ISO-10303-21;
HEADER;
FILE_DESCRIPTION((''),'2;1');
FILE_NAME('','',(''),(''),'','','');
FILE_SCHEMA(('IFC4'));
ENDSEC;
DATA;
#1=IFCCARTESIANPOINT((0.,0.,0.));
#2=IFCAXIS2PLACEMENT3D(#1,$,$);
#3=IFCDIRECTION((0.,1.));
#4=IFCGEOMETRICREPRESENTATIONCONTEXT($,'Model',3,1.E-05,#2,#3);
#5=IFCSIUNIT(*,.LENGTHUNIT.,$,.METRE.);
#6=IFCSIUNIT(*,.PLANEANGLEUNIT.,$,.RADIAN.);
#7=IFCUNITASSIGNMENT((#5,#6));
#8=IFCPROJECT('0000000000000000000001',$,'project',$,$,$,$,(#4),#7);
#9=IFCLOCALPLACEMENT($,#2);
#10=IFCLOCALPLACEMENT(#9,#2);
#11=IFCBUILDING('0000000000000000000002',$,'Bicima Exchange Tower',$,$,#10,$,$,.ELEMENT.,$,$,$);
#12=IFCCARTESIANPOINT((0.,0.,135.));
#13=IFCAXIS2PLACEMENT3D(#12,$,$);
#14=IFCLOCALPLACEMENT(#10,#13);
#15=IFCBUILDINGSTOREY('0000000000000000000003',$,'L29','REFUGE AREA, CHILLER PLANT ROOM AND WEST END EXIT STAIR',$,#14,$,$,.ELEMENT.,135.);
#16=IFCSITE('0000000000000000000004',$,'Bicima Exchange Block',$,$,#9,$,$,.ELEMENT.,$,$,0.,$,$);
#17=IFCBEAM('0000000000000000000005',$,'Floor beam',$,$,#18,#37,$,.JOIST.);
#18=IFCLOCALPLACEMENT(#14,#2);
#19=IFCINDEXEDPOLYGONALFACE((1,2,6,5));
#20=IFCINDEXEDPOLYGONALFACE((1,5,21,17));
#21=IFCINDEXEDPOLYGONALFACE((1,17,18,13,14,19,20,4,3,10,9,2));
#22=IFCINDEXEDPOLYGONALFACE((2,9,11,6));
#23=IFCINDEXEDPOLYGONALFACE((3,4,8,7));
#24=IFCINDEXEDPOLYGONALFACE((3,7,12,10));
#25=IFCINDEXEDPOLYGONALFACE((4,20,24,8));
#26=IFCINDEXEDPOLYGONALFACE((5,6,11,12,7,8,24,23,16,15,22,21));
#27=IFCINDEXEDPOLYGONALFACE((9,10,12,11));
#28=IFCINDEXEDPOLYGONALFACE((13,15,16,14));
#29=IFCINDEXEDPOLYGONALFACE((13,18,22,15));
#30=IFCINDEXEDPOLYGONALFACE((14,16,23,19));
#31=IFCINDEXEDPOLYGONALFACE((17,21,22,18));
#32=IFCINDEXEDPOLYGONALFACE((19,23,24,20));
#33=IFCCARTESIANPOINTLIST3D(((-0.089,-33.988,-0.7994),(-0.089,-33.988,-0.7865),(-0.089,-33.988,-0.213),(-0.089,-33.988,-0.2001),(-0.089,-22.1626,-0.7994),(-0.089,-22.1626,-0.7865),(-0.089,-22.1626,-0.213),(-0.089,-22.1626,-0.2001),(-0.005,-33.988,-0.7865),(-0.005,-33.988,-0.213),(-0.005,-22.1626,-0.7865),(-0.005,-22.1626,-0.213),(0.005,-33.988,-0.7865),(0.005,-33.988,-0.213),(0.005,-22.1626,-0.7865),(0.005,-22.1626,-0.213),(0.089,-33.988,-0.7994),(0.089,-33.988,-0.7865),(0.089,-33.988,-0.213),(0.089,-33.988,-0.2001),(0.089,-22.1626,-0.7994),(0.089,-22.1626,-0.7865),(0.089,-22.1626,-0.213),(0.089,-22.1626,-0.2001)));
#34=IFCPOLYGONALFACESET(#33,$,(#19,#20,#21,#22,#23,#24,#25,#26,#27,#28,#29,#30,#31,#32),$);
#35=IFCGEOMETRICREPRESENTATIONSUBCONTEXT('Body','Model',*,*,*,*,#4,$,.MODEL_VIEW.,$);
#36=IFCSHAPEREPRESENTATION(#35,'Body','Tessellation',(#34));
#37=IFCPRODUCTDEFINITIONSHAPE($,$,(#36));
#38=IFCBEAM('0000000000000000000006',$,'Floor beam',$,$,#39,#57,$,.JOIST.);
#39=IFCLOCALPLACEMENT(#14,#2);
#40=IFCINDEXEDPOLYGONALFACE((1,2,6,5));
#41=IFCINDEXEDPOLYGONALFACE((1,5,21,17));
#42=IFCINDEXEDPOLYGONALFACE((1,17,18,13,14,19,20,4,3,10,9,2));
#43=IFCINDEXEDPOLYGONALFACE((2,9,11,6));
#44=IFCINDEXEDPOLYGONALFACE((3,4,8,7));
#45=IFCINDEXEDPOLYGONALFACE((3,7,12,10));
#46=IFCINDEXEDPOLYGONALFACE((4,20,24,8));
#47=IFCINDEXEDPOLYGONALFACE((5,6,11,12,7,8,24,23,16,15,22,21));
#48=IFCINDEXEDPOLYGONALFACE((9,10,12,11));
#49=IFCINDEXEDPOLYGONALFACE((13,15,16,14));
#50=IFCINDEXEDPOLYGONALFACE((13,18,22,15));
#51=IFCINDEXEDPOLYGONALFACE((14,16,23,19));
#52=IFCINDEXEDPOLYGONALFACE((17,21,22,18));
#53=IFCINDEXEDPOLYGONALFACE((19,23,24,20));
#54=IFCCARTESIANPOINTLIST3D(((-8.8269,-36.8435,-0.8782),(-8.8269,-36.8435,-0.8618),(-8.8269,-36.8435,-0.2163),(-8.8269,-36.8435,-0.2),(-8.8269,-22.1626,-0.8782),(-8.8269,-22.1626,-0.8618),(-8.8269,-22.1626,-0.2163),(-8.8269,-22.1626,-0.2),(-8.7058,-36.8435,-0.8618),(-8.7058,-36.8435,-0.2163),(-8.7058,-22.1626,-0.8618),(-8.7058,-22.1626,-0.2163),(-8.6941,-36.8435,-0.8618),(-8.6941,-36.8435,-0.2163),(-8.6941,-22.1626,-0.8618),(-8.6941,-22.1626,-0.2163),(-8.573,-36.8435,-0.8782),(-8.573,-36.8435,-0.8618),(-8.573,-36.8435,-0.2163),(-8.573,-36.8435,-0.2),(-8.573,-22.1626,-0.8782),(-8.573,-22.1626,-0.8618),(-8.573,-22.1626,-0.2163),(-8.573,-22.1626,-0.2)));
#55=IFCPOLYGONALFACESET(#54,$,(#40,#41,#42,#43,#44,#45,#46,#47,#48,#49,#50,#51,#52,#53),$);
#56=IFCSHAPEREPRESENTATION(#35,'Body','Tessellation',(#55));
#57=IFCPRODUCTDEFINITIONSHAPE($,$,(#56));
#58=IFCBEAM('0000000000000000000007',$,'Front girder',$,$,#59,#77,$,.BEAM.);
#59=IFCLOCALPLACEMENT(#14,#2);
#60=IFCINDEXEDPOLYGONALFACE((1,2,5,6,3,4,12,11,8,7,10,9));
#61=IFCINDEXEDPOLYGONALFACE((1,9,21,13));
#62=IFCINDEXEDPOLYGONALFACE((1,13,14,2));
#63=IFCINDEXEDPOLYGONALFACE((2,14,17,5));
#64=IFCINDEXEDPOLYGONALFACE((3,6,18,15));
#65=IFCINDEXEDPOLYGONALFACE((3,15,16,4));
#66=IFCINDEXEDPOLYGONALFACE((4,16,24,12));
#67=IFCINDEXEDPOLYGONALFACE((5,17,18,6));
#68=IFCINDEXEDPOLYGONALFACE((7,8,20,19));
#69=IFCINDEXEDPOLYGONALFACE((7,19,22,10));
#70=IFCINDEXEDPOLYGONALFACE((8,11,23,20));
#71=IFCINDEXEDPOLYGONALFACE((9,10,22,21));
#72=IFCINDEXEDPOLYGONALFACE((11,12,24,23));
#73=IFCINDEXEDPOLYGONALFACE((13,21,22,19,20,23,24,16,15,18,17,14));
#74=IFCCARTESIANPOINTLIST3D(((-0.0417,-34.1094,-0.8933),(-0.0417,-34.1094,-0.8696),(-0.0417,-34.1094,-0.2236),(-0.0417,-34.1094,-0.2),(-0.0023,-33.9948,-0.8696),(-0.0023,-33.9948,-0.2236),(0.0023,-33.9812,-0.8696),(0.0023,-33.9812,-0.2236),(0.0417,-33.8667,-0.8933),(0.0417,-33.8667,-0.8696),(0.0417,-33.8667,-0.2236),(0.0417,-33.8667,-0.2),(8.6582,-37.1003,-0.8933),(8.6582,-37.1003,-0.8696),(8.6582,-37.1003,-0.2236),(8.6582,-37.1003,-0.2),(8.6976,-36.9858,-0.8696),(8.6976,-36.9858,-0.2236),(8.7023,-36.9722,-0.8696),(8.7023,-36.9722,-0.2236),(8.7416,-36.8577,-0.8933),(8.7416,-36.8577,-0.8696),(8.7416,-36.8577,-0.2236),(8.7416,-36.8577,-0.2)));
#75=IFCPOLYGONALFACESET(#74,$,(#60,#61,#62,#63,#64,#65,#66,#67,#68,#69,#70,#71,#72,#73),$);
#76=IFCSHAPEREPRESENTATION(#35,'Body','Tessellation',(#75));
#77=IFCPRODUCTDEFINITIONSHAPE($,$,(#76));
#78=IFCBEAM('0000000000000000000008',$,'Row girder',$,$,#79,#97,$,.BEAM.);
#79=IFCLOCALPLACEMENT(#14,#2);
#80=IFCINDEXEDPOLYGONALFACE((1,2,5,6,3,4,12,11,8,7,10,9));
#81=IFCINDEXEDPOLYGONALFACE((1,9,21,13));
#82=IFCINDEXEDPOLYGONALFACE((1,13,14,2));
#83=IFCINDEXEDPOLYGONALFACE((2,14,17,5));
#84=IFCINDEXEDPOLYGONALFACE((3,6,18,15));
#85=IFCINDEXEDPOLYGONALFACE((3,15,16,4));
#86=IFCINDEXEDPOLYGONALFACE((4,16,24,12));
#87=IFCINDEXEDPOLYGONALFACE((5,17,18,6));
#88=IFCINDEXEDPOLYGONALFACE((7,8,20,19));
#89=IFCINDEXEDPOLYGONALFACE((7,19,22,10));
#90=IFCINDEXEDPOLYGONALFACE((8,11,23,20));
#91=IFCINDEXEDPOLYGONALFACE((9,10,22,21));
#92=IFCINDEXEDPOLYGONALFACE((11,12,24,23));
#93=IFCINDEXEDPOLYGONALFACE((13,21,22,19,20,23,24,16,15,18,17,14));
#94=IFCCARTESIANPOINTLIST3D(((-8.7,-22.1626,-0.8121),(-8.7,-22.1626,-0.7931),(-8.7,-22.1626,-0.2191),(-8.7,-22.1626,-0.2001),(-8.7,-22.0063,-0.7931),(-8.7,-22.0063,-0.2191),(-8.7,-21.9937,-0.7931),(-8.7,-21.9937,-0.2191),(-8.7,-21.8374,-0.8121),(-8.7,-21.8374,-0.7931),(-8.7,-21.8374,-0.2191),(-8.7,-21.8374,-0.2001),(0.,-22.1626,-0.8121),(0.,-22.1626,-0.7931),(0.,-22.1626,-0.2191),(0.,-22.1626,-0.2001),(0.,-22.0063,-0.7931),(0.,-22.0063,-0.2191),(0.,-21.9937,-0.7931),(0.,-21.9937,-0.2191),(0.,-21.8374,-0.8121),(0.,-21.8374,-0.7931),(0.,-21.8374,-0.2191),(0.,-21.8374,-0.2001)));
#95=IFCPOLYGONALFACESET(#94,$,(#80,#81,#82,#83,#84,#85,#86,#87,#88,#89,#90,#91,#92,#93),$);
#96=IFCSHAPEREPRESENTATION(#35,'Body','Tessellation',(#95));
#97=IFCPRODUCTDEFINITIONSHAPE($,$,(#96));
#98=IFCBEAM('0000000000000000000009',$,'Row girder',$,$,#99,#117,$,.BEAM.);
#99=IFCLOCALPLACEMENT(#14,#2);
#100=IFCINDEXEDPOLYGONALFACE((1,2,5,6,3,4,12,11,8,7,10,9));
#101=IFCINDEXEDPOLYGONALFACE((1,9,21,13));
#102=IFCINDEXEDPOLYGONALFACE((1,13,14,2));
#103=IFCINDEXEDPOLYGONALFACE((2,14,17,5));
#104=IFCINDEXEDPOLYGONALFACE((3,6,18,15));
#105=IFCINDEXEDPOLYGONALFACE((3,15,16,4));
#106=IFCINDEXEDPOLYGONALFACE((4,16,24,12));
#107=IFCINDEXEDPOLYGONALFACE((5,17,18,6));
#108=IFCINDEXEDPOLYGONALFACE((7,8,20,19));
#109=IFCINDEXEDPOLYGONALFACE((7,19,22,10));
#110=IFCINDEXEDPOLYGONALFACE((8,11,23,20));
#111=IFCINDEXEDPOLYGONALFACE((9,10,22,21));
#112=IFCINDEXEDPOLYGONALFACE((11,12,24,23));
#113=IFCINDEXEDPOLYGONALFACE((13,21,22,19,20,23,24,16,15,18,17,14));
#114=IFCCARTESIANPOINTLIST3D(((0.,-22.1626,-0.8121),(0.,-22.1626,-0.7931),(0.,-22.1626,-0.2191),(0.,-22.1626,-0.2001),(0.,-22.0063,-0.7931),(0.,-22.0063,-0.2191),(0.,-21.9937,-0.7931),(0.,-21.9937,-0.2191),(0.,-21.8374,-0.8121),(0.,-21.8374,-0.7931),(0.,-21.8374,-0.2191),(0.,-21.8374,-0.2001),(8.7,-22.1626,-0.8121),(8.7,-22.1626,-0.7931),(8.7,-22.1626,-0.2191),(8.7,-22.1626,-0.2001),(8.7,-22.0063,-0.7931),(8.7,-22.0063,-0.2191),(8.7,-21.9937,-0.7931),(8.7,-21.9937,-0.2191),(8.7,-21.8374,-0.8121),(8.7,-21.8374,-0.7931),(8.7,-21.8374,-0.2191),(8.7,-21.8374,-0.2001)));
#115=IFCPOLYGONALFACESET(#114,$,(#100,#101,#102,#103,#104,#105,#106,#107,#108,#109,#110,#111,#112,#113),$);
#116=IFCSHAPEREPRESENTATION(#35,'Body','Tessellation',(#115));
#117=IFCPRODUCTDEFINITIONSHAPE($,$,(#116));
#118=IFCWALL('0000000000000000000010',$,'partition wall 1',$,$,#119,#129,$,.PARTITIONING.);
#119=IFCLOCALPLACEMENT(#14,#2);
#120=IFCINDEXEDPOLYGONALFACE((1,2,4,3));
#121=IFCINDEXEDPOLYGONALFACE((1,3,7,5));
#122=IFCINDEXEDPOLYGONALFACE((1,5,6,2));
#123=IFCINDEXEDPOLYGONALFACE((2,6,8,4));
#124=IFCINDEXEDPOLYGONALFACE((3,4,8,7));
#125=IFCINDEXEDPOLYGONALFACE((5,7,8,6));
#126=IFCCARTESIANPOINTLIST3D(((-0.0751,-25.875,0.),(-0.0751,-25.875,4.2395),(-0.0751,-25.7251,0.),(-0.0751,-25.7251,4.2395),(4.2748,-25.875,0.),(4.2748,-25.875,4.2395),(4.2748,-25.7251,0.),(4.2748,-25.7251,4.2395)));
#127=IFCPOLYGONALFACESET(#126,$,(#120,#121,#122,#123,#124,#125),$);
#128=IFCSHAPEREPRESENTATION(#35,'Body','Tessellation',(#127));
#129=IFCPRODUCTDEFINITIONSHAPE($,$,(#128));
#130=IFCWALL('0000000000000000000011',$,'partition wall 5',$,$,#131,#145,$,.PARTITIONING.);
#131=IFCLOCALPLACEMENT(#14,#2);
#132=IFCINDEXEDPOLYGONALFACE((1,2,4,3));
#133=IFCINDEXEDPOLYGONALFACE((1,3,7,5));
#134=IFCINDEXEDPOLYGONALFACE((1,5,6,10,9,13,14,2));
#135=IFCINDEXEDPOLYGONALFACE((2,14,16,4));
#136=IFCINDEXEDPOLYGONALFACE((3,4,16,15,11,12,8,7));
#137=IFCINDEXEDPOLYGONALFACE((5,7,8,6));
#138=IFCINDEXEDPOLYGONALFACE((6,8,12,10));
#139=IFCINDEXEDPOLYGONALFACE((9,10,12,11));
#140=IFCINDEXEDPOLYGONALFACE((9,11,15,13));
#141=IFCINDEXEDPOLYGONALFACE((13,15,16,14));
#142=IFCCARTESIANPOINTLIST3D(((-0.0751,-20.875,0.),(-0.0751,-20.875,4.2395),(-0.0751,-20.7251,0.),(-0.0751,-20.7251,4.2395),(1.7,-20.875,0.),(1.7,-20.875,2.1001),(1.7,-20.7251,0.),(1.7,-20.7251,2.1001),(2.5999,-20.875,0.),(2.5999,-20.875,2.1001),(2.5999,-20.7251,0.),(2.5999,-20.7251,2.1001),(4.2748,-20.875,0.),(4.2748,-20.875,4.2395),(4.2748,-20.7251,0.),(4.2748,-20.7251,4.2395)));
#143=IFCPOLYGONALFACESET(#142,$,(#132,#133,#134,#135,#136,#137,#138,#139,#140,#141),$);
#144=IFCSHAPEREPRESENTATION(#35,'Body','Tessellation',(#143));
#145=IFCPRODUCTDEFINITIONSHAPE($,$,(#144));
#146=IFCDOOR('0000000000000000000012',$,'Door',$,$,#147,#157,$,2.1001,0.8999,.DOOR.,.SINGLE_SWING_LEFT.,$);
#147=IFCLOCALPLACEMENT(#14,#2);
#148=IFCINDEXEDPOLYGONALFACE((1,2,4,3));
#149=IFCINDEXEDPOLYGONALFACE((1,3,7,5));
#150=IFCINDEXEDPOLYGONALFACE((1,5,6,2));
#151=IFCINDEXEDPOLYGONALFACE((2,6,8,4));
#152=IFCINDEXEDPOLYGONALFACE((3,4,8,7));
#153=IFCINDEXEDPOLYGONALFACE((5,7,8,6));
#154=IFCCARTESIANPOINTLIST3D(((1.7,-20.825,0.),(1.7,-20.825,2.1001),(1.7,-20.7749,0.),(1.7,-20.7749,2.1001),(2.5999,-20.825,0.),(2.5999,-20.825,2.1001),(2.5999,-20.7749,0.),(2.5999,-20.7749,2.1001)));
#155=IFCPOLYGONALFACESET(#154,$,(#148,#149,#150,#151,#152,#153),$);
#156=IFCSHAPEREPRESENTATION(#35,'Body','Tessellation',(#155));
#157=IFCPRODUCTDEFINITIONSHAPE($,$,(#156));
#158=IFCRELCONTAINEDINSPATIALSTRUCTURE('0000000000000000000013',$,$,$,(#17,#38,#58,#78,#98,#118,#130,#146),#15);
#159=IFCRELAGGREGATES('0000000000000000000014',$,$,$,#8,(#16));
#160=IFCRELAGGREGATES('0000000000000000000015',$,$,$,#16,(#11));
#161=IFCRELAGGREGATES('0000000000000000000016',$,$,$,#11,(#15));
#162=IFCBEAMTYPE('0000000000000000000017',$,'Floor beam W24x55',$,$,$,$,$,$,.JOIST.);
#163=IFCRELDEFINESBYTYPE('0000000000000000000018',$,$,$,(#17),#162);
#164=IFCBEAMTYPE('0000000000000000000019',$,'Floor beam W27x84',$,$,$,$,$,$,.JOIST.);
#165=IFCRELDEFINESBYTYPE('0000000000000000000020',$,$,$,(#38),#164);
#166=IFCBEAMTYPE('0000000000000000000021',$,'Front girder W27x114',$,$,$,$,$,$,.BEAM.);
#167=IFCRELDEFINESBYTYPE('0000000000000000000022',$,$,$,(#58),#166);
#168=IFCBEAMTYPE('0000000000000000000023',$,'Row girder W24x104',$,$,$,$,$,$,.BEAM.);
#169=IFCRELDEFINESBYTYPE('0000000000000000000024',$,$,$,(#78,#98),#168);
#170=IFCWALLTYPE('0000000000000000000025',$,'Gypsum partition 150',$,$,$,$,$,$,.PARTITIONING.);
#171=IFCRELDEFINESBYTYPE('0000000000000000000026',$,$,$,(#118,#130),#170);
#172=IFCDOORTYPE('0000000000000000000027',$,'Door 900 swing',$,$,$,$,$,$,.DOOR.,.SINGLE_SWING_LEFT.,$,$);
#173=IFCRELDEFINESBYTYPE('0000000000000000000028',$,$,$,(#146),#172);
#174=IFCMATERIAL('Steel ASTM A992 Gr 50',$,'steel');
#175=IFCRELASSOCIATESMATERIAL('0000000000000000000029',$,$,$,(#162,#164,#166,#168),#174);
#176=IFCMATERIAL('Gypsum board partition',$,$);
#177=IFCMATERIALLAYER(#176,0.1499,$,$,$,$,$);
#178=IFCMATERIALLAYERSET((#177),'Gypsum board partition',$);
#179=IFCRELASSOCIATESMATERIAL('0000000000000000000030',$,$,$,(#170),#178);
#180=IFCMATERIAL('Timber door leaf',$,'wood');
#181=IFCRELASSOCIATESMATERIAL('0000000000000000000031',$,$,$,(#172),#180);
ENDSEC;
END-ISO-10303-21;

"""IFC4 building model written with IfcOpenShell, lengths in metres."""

from ifc_helpers import new_model, si_unit, direction, frame, frame_2d, origin, origin_2d, place, context, subcontext, project, spatial, rectangle, i_section, extrude, material, layer, layer_set, material_profile, profile_set, type_object, element, fill, save


model = new_model("IFC4")

# Units and contexts
model_context = context("Model", 3, precision=1e-05, world=origin(), true_north=direction((0.0, 1.0)))
body_context = subcontext(model_context, "Body", "Model", "MODEL_VIEW")
ifc_project = project(units=[si_unit("LENGTHUNIT", "METRE"), si_unit("PLANEANGLEUNIT", "RADIAN")], contexts=[model_context])

# Site, building, storey
site_placement = place(None, origin())
site = spatial("IfcSite", under=ifc_project, at=site_placement, Name="Bicima Exchange Block", CompositionType="ELEMENT", RefElevation=0.0)
building_placement = place(site_placement, origin())
building = spatial("IfcBuilding", under=site, at=building_placement, Name="Bicima Exchange Tower", CompositionType="ELEMENT")
storey_placement = place(building_placement, frame((0.0, 0.0, 135.0)))
storey = spatial("IfcBuildingStorey", under=building, at=storey_placement, Name="L29", Description="REFUGE AREA, CHILLER PLANT ROOM AND WEST END EXIT STAIR", CompositionType="ELEMENT", Elevation=135.0)

# Shared definitions
ifc_material_1 = material(Name="Steel ASTM A992 Gr 50", Category="steel")

# Beams
ifc_material_profile_1 = material_profile(ifc_material_1, i_section(OverallWidth=0.178, OverallDepth=0.5994, WebThickness=0.01, FlangeThickness=0.0129, at=origin_2d()))
ifc_profile_set_1 = profile_set([ifc_material_profile_1], Name="Steel ASTM A992 Gr 50")
beam_type_1 = type_object("IfcBeamType", Name="Floor beam W24x55", PredefinedType="JOIST", material=ifc_profile_set_1)
beam_1_placement = place(storey_placement, frame((0.0, -22.1626, -0.4998), z_axis=(0.0, -1.0, 0.0), x_axis=(1.0, 0.0, 0.0)))
element("IfcBeam", 1, at=beam_1_placement, inside=storey, type_object=beam_type_1, Name="Floor beam", PredefinedType="JOIST", context=body_context, shape_type="SweptSolid", body=[
    extrude(i_section(OverallWidth=0.178, OverallDepth=0.5994, WebThickness=0.01, FlangeThickness=0.0129, at=origin_2d()), origin(), (0.0, 0.0, 1.0), 11.8254),
])
ifc_material_profile_2 = material_profile(ifc_material_1, i_section(OverallWidth=0.2539, OverallDepth=0.6782, WebThickness=0.0117, FlangeThickness=0.0164, at=origin_2d()))
ifc_profile_set_2 = profile_set([ifc_material_profile_2], Name="Steel ASTM A992 Gr 50")
beam_type_2 = type_object("IfcBeamType", Name="Floor beam W27x84", PredefinedType="JOIST", material=ifc_profile_set_2)
beam_2_placement = place(storey_placement, frame((-8.7, -22.1626, -0.5391), z_axis=(0.0, -1.0, 0.0), x_axis=(1.0, 0.0, 0.0)))
element("IfcBeam", 2, at=beam_2_placement, inside=storey, type_object=beam_type_2, Name="Floor beam", PredefinedType="JOIST", context=body_context, shape_type="SweptSolid", body=[
    extrude(i_section(OverallWidth=0.2539, OverallDepth=0.6782, WebThickness=0.0117, FlangeThickness=0.0164, at=origin_2d()), origin(), (0.0, 0.0, 1.0), 14.6809),
])
ifc_material_profile_3 = material_profile(ifc_material_1, i_section(OverallWidth=0.2566, OverallDepth=0.6934, WebThickness=0.0144, FlangeThickness=0.0237, at=origin_2d()))
ifc_profile_set_3 = profile_set([ifc_material_profile_3], Name="Steel ASTM A992 Gr 50")
beam_type_3 = type_object("IfcBeamType", Name="Front girder W27x114", PredefinedType="BEAM", material=ifc_profile_set_3)
beam_3_placement = place(storey_placement, frame((0.0, -33.988, -0.5466), z_axis=(0.945675, -0.325115, 0.0), x_axis=(0.325115, 0.945675, 0.0)))
element("IfcBeam", 3, at=beam_3_placement, inside=storey, type_object=beam_type_3, Name="Front girder", PredefinedType="BEAM", context=body_context, shape_type="SweptSolid", body=[
    extrude(i_section(OverallWidth=0.2566, OverallDepth=0.6934, WebThickness=0.0144, FlangeThickness=0.0237, at=origin_2d()), origin(), (0.0, 0.0, 1.0), 9.1997),
])
ifc_material_profile_4 = material_profile(ifc_material_1, i_section(OverallWidth=0.3252, OverallDepth=0.6121, WebThickness=0.0127, FlangeThickness=0.019, at=origin_2d()))
ifc_profile_set_4 = profile_set([ifc_material_profile_4], Name="Steel ASTM A992 Gr 50")
beam_type_4 = type_object("IfcBeamType", Name="Row girder W24x104", PredefinedType="BEAM", material=ifc_profile_set_4)
for number, where, z_axis, x_axis, name in (
    (4, (-8.7, -22.0, -0.5061), (1.0, 0.0, 0.0), (0.0, 1.0, 0.0), "Row girder"),
    (5, (0.0, -22.0, -0.5061), (1.0, 0.0, 0.0), (0.0, 1.0, 0.0), "Row girder"),
):
    element("IfcBeam", number, at=place(storey_placement, frame(where, z_axis=z_axis, x_axis=x_axis)), inside=storey, type_object=beam_type_4, Name=name, PredefinedType="BEAM", context=body_context, shape_type="SweptSolid", body=[
        extrude(i_section(OverallWidth=0.3252, OverallDepth=0.6121, WebThickness=0.0127, FlangeThickness=0.019, at=origin_2d()), origin(), (0.0, 0.0, 1.0), 8.7),
    ])

# Wall
ifc_material_2 = material(Name="Gypsum board partition")
ifc_layer_1 = layer(ifc_material_2, 0.1499)
ifc_layer_set_1 = layer_set([ifc_layer_1], Name="Gypsum board partition")
wall_type_1 = type_object("IfcWallType", Name="Gypsum partition 150", PredefinedType="PARTITIONING", material=ifc_layer_set_1)
wall_1_placement = place(storey_placement, frame((-0.075, -25.8, 0.0), z_axis=(0.0, 0.0, 1.0), x_axis=(1.0, 0.0, 0.0)))
element("IfcWall", 6, at=wall_1_placement, inside=storey, type_object=wall_type_1, Name="partition wall 1", PredefinedType="PARTITIONING", context=body_context, shape_type="SweptSolid", body=[
    extrude(rectangle(XDim=4.3499, YDim=0.1499, at=frame_2d((2.1748, 0.0))), origin(), (0.0, 0.0, 1.0), 4.2395),
])

# Wall, opening, door
wall_2_placement = place(storey_placement, frame((-0.075, -20.8, 0.0), z_axis=(0.0, 0.0, 1.0), x_axis=(1.0, 0.0, 0.0)))
wall_2 = element("IfcWall", 7, at=wall_2_placement, inside=storey, type_object=wall_type_1, Name="partition wall 5", PredefinedType="PARTITIONING", context=body_context, shape_type="SweptSolid", body=[
    extrude(rectangle(XDim=4.3499, YDim=0.1499, at=frame_2d((2.1748, 0.0))), origin(), (0.0, 0.0, 1.0), 4.2395),
])
opening_1_placement = place(wall_2_placement, frame((1.7749, 0.0, 0.0)))
opening_1 = element("IfcOpeningElement", 8, at=opening_1_placement, cuts=wall_2, PredefinedType="OPENING", context=body_context, shape_type="SweptSolid", body=[
    extrude(rectangle(XDim=0.8999, YDim=2.1001, at=frame_2d((0.45, 1.05))), frame((0.0, 0.0869, 0.0), z_axis=(0.0, -1.0, 0.0), x_axis=(1.0, 0.0, 0.0)), (0.0, 0.0, 1.0), 0.1738),
])
ifc_material_3 = material(Name="Timber door leaf", Category="wood")
door_type = type_object("IfcDoorType", Name="Door 900 swing", OperationType="SINGLE_SWING_LEFT", PredefinedType="DOOR", material=ifc_material_3)
door_1_placement = place(opening_1_placement, frame((0.8999, 0.0, 0.0), z_axis=(0.0, 0.0, 1.0), x_axis=(-1.0, 0.0, 0.0)))
door_1 = element("IfcDoor", 9, at=door_1_placement, inside=storey, type_object=door_type, Name="Door", OperationType="SINGLE_SWING_LEFT", OverallHeight=2.1001, OverallWidth=0.8999, PredefinedType="DOOR", context=body_context, shape_type="SweptSolid", body=[
    extrude(rectangle(XDim=0.8999, YDim=2.1001, at=frame_2d((0.45, 1.05))), frame((0.0, 0.0249, 0.0), z_axis=(0.0, -1.0, 0.0), x_axis=(1.0, 0.0, 0.0)), (0.0, 0.0, 1.0), 0.05),
])
fill(opening_1, door_1)

save(model, "model.ifc")
